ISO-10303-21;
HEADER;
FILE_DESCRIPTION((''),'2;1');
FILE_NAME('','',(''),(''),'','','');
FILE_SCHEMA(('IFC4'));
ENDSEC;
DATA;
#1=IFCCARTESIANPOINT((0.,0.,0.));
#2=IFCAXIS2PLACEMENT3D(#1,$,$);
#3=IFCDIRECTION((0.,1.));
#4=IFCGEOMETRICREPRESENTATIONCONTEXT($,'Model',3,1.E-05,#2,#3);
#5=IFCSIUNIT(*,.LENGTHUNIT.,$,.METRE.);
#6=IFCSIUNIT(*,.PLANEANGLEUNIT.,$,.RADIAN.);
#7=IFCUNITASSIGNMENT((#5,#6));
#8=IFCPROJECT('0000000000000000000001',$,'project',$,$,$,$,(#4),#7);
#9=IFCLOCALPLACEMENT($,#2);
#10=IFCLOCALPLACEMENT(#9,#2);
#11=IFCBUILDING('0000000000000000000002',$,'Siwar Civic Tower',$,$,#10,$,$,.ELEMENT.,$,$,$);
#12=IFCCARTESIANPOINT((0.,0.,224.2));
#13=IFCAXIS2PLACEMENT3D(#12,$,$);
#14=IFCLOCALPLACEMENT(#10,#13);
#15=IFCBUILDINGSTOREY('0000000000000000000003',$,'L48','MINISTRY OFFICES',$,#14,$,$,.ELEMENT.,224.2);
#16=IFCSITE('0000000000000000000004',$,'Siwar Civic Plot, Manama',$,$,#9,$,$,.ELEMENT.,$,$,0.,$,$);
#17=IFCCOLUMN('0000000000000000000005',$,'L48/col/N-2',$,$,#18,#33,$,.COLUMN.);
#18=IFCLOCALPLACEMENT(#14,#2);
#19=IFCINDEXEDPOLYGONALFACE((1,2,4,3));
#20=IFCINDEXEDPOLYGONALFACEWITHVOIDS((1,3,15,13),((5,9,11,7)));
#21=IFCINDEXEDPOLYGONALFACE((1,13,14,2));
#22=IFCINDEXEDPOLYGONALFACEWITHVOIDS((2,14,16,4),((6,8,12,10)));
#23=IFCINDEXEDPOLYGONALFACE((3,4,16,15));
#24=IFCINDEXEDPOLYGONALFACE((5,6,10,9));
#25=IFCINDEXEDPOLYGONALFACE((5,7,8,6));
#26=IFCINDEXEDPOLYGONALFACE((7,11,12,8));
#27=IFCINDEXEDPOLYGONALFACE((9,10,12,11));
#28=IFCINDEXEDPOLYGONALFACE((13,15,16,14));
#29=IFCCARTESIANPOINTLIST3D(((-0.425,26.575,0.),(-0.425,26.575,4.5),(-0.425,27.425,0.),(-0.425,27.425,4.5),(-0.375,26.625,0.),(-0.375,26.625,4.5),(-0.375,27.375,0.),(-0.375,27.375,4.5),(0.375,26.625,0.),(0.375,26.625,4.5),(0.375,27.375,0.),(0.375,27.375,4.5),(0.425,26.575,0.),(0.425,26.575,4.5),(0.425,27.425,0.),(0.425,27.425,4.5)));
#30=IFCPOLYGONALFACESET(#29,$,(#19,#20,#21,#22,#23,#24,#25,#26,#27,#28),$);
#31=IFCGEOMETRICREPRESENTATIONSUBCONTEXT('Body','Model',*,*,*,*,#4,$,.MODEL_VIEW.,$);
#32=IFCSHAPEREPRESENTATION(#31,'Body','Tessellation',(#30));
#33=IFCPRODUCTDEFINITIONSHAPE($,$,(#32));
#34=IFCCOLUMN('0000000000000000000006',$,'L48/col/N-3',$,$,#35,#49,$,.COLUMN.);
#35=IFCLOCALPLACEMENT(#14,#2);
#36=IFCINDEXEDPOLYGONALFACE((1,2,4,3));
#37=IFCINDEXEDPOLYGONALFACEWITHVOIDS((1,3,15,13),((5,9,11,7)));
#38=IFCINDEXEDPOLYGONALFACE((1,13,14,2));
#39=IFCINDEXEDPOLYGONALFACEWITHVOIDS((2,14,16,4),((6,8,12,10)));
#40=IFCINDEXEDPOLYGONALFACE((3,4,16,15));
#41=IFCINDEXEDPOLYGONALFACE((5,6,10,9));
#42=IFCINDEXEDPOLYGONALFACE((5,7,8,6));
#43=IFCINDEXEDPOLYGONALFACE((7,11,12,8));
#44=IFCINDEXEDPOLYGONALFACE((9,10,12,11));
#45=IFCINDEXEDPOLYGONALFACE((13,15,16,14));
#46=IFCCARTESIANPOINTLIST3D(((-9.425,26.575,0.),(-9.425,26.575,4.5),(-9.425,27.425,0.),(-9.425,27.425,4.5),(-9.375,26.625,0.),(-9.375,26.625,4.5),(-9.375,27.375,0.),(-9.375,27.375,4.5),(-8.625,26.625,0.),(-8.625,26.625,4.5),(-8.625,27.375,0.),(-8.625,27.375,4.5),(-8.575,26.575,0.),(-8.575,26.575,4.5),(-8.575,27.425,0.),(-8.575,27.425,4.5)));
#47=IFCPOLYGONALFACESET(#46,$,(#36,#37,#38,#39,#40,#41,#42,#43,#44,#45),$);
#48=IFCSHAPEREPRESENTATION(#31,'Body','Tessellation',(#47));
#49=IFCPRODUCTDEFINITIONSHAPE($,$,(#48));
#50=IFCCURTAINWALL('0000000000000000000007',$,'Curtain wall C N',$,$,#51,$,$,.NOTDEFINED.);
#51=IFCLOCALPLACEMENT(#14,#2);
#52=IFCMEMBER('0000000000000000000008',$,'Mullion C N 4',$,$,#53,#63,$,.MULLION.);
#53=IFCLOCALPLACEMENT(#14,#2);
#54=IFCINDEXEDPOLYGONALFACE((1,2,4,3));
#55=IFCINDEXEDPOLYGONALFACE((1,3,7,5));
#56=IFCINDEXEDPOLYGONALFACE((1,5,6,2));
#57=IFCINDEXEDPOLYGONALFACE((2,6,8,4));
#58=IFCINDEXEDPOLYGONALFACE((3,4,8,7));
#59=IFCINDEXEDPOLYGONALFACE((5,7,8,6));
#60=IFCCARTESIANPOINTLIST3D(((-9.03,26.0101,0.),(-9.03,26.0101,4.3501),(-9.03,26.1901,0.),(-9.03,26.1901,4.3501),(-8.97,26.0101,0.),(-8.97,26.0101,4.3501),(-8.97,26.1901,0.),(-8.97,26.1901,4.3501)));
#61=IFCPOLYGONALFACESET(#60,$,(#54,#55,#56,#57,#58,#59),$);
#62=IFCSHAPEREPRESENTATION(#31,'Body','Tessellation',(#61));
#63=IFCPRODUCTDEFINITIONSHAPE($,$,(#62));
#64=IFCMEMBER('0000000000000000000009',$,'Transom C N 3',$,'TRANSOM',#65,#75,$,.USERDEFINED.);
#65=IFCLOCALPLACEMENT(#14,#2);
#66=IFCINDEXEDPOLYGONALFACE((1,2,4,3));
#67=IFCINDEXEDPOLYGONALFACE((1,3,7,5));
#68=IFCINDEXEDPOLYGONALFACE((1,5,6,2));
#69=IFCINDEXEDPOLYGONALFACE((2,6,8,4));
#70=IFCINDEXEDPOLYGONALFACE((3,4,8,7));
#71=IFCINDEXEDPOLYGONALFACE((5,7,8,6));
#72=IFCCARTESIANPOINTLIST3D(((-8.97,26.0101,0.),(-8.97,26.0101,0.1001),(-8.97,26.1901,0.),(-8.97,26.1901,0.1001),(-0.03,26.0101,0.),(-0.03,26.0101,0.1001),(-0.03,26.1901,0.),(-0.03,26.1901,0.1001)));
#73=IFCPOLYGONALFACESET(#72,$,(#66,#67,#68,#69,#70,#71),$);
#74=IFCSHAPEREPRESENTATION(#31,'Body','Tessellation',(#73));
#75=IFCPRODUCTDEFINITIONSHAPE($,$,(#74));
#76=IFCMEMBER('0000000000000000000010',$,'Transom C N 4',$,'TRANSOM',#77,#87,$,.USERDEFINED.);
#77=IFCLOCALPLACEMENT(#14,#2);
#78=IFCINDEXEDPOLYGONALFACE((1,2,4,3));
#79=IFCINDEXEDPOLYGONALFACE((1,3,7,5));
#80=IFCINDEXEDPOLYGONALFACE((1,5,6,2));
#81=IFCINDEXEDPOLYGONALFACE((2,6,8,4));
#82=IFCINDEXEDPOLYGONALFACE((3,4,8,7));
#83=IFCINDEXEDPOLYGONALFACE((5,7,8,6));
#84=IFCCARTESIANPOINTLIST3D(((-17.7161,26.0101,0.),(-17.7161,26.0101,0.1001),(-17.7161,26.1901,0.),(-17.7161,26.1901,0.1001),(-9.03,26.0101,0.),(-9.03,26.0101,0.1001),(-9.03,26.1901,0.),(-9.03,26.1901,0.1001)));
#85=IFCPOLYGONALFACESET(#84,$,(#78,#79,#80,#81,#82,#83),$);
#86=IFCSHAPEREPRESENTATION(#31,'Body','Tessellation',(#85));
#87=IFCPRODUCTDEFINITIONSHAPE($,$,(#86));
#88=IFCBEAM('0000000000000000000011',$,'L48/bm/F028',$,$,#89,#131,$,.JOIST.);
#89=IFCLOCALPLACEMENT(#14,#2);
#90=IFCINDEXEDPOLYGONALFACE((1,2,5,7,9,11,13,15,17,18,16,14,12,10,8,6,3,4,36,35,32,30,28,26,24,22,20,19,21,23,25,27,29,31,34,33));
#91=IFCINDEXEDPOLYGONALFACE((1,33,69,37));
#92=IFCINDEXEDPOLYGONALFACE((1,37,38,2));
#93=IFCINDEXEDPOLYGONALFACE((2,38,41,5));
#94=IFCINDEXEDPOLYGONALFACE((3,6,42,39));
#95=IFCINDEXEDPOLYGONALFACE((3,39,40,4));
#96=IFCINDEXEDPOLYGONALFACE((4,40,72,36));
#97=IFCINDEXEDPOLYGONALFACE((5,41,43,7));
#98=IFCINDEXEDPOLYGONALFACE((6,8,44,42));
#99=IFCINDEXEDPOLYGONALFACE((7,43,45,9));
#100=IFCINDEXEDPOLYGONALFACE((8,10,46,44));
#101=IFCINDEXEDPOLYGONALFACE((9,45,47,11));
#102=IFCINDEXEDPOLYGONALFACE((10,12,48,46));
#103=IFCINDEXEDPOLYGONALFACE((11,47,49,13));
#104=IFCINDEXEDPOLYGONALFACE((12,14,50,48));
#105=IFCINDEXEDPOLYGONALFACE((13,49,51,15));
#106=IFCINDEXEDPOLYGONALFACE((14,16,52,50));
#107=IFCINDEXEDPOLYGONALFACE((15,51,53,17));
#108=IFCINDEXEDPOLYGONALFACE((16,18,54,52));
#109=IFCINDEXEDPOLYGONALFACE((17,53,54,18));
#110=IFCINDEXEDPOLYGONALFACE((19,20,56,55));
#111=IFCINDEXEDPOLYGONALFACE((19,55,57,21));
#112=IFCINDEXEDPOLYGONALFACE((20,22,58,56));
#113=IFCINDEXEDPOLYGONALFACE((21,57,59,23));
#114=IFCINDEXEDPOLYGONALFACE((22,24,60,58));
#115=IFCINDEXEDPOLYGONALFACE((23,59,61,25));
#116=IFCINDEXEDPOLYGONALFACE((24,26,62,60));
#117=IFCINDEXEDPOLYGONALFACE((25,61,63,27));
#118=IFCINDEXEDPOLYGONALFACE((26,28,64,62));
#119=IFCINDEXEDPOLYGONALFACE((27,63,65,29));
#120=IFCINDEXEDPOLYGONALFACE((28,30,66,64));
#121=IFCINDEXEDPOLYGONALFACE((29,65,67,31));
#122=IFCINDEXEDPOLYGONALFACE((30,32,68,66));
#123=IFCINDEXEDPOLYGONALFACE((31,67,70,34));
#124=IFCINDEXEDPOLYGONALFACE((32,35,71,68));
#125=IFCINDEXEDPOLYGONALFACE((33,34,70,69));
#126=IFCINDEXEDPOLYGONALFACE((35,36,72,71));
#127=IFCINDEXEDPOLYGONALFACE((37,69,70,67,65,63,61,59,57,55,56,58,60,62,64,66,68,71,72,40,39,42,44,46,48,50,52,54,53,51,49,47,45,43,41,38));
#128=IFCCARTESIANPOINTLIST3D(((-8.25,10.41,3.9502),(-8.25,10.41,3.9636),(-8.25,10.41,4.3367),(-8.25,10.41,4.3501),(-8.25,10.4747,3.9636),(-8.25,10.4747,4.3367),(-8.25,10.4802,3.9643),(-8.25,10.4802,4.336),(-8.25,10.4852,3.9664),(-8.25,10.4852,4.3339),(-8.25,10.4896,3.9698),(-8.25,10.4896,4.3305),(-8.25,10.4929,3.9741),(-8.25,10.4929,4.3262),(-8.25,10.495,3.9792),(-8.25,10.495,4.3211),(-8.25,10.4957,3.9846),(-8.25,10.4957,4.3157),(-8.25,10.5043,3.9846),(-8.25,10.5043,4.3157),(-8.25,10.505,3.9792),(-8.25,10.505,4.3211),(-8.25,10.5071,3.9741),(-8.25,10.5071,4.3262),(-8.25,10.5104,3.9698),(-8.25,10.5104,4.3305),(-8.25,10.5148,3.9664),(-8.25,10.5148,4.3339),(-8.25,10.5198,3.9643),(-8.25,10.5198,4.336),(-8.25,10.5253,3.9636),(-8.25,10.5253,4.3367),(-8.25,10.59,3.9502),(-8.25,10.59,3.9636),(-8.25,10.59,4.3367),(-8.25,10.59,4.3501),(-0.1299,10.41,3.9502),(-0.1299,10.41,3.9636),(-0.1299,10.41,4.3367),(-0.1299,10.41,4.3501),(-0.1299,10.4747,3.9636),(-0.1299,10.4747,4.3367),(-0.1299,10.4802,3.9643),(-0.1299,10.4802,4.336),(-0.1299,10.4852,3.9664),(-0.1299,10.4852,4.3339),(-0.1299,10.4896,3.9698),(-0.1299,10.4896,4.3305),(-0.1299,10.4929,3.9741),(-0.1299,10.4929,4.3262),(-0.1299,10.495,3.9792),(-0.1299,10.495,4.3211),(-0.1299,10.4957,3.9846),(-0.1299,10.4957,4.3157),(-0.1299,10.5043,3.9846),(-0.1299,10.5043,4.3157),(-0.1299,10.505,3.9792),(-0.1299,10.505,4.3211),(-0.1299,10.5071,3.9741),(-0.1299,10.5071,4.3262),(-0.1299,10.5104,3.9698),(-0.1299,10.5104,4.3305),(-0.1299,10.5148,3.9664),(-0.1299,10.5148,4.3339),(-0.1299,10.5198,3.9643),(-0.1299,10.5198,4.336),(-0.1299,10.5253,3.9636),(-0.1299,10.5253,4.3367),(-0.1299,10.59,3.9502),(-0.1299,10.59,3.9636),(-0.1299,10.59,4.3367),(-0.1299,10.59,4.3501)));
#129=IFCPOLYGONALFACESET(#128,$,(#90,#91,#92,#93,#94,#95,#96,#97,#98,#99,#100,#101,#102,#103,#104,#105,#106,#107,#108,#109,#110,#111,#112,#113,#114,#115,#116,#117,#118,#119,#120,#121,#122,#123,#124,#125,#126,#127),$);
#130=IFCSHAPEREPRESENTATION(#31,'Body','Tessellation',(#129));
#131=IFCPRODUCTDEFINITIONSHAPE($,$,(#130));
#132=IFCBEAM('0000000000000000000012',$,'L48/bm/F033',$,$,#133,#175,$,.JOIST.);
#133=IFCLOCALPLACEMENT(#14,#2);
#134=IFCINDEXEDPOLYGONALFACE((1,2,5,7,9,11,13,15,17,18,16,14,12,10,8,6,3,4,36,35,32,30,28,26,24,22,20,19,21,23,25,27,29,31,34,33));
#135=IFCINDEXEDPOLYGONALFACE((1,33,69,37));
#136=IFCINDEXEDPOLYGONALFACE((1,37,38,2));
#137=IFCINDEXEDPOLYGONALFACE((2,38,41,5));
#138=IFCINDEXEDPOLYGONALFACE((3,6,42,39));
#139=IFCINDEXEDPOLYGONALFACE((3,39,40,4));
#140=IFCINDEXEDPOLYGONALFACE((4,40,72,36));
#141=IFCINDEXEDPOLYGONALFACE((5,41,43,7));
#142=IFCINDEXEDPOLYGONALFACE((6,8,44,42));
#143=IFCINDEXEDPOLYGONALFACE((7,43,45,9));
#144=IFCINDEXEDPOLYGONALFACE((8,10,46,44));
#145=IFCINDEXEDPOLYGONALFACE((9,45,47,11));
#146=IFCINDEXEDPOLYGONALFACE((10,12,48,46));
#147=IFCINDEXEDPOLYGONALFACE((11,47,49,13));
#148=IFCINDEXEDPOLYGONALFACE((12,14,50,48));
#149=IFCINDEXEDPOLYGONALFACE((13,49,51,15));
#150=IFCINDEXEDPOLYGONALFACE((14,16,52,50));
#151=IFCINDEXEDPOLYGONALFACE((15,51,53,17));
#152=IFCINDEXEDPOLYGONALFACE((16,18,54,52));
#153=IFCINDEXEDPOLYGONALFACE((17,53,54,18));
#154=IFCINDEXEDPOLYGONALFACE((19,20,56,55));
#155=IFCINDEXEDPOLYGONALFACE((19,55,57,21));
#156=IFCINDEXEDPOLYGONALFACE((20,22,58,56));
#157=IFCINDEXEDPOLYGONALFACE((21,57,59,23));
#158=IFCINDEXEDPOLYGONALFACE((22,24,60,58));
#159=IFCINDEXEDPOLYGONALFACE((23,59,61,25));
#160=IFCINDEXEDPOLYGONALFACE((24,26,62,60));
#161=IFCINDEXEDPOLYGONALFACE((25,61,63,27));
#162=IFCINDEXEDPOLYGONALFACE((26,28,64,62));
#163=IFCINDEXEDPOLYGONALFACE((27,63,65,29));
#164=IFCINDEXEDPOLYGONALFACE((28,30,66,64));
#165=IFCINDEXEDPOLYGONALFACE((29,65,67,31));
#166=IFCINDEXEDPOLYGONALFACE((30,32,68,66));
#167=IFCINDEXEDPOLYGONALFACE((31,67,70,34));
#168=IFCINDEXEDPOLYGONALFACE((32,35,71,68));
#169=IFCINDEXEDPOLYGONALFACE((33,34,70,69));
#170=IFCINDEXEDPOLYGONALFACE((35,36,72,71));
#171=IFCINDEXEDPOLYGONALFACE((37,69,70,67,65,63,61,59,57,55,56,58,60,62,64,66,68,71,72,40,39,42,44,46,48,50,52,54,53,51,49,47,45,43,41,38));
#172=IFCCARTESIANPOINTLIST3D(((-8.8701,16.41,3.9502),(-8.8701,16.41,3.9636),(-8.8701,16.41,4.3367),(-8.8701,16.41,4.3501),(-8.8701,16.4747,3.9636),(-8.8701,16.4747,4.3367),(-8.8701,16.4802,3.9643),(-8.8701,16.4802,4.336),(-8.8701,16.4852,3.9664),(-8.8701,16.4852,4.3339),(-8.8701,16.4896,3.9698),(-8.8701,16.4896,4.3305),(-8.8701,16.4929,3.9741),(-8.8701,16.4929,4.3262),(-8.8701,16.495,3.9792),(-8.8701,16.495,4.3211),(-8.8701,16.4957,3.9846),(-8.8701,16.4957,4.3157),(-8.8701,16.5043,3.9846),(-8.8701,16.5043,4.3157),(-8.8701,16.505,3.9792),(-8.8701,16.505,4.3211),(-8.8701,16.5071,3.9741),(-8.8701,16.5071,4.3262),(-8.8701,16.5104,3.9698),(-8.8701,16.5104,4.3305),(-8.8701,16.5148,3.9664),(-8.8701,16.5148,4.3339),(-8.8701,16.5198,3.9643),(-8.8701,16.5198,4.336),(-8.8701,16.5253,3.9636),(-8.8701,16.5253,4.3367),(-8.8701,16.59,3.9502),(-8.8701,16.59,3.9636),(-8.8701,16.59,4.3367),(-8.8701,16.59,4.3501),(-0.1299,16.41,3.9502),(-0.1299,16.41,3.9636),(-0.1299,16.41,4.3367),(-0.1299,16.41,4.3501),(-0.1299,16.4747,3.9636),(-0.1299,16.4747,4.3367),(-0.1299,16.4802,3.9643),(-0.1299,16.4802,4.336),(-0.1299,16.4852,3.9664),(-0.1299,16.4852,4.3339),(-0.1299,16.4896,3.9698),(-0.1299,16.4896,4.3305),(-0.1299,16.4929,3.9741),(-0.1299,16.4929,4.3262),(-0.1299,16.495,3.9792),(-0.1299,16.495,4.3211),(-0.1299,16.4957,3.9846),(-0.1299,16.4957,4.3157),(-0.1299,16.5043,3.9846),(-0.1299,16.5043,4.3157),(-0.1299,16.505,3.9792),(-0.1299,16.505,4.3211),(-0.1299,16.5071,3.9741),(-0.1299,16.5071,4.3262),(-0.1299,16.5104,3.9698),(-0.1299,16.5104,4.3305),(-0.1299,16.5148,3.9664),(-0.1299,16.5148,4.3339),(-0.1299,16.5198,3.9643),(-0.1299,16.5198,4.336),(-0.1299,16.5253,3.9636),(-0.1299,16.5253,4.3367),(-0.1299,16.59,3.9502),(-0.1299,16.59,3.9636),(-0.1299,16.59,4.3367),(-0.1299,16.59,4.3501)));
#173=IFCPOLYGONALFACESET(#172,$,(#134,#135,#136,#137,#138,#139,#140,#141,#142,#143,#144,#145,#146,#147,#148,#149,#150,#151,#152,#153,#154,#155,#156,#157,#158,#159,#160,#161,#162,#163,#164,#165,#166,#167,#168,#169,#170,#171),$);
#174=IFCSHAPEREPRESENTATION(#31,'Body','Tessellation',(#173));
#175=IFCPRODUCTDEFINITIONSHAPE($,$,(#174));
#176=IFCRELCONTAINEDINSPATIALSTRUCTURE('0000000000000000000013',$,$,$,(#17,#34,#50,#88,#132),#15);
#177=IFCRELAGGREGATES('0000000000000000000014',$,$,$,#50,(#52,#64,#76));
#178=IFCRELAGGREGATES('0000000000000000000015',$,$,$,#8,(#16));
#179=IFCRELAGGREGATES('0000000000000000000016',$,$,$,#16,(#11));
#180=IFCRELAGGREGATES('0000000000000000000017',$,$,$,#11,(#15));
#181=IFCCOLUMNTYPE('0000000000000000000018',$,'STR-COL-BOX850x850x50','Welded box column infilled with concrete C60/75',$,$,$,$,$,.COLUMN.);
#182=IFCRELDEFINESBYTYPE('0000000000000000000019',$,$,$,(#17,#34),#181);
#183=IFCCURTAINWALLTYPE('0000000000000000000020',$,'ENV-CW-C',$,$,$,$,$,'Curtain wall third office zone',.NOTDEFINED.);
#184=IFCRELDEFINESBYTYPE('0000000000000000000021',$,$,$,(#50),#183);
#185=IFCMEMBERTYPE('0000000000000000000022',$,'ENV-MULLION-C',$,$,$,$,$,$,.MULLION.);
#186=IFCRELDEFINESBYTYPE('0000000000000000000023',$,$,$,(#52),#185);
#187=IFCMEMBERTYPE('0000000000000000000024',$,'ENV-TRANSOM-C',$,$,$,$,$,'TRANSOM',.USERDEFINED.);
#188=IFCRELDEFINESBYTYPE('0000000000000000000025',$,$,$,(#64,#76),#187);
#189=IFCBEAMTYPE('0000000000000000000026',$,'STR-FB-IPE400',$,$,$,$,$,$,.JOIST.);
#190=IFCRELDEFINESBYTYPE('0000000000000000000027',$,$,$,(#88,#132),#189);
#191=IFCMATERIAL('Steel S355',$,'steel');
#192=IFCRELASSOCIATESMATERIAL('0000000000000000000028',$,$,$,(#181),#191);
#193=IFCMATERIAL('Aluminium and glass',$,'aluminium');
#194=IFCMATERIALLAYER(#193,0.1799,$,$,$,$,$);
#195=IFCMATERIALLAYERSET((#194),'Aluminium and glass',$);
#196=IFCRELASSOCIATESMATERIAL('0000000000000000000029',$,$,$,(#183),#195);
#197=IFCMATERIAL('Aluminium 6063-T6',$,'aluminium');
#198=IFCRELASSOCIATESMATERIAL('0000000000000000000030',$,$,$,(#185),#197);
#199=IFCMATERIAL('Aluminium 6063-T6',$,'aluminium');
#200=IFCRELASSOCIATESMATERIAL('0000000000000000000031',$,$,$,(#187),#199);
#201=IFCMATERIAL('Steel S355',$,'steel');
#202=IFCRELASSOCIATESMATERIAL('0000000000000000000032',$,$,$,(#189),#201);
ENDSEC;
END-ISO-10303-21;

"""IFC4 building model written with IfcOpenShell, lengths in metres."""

from ifc_helpers import new_model, si_unit, direction, frame, origin, origin_2d, place, context, subcontext, project, spatial, rectangle, hollow_rectangle, i_section, extrude, material, layer, layer_set, material_profile, profile_set, type_object, element, aggregate, save


model = new_model("IFC4")

# Units and contexts
model_context = context("Model", 3, precision=1e-05, world=origin(), true_north=direction((0.0, 1.0)))
body_context = subcontext(model_context, "Body", "Model", "MODEL_VIEW")
ifc_project = project(units=[si_unit("LENGTHUNIT", "METRE"), si_unit("PLANEANGLEUNIT", "RADIAN")], contexts=[model_context])

# Site, building, storey
site_placement = place(None, origin())
site = spatial("IfcSite", under=ifc_project, at=site_placement, Name="Siwar Civic Plot, Manama", CompositionType="ELEMENT", RefElevation=0.0)
building_placement = place(site_placement, origin())
building = spatial("IfcBuilding", under=site, at=building_placement, Name="Siwar Civic Tower", CompositionType="ELEMENT")
storey_placement = place(building_placement, frame((0.0, 0.0, 224.2)))
storey = spatial("IfcBuildingStorey", under=building, at=storey_placement, Name="L48", Description="MINISTRY OFFICES", CompositionType="ELEMENT", Elevation=224.2)

# Columns
ifc_material_1 = material(Name="Steel S355", Category="steel")
ifc_material_profile_1 = material_profile(ifc_material_1, hollow_rectangle(XDim=0.8501, YDim=0.8501, WallThickness=0.05, at=origin_2d()), Name="BOX850x850x50")
ifc_profile_set_1 = profile_set([ifc_material_profile_1], Name="Steel S355")
column_type = type_object("IfcColumnType", Name="STR-COL-BOX850x850x50", Description="Welded box column infilled with concrete C60/75", PredefinedType="COLUMN", material=ifc_profile_set_1)
for number, where, z_axis, x_axis, name in (
    (1, (0.0, 27.0, 0.0), (0.0, 0.0, 1.0), (1.0, 0.0, 0.0), "L48/col/N-2"),
    (2, (-9.0, 27.0, 0.0), (0.0, 0.0, 1.0), (1.0, 0.0, 0.0), "L48/col/N-3"),
):
    element("IfcColumn", number, at=place(storey_placement, frame(where, z_axis=z_axis, x_axis=x_axis)), inside=storey, type_object=column_type, Name=name, PredefinedType="COLUMN", context=body_context, shape_type="SweptSolid", body=[
        extrude(hollow_rectangle(XDim=0.8501, YDim=0.8501, WallThickness=0.05, at=origin_2d()), origin(), (0.0, 0.0, 1.0), 4.5),
    ])

# Curtain wall, members
ifc_material_2 = material(Name="Aluminium and glass", Category="aluminium")
ifc_layer_1 = layer(ifc_material_2, 0.1799)
ifc_layer_set_1 = layer_set([ifc_layer_1], Name="Aluminium and glass")
curtain_wall_type = type_object("IfcCurtainWallType", Name="ENV-CW-C", ElementType="Curtain wall third office zone", PredefinedType="NOTDEFINED", material=ifc_layer_set_1)
curtain_wall_placement = place(storey_placement, origin())
curtain_wall = element("IfcCurtainWall", 3, at=curtain_wall_placement, inside=storey, type_object=curtain_wall_type, Name="Curtain wall C N", PredefinedType="NOTDEFINED")
ifc_material_3 = material(Name="Aluminium 6063-T6", Category="aluminium")
ifc_material_profile_2 = material_profile(ifc_material_3, rectangle(XDim=0.1799, YDim=0.0601, at=origin_2d()), Name="AL 180x60")
ifc_profile_set_2 = profile_set([ifc_material_profile_2], Name="Aluminium 6063-T6")
member_type_1 = type_object("IfcMemberType", Name="ENV-MULLION-C", PredefinedType="MULLION", material=ifc_profile_set_2)
member_1_placement = place(storey_placement, frame((-9.0, 26.1001, 0.0), z_axis=(0.0, 0.0, 1.0), x_axis=(0.0, -1.0, 0.0)))
member_1 = element("IfcMember", 4, at=member_1_placement, type_object=member_type_1, Name="Mullion C N 4", PredefinedType="MULLION", context=body_context, shape_type="SweptSolid", body=[
    extrude(rectangle(XDim=0.1799, YDim=0.0601, at=origin_2d()), origin(), (0.0, 0.0, 1.0), 4.3501),
])
ifc_material_4 = material(Name="Aluminium 6063-T6", Category="aluminium")
ifc_material_profile_3 = material_profile(ifc_material_4, rectangle(XDim=0.1799, YDim=0.1001, at=origin_2d()), Name="AL 180x100")
ifc_profile_set_3 = profile_set([ifc_material_profile_3], Name="Aluminium 6063-T6")
member_type_2 = type_object("IfcMemberType", Name="ENV-TRANSOM-C", ElementType="TRANSOM", PredefinedType="USERDEFINED", material=ifc_profile_set_3)
member_2_placement = place(storey_placement, frame((-0.03, 26.1001, 0.05), z_axis=(-1.0, 0.0, 0.0), x_axis=(0.0, -1.0, 0.0)))
member_2 = element("IfcMember", 5, at=member_2_placement, type_object=member_type_2, Name="Transom C N 3", ObjectType="TRANSOM", PredefinedType="USERDEFINED", context=body_context, shape_type="SweptSolid", body=[
    extrude(rectangle(XDim=0.1799, YDim=0.1001, at=origin_2d()), origin(), (0.0, 0.0, 1.0), 8.9399),
])
member_3_placement = place(storey_placement, frame((-9.03, 26.1001, 0.05), z_axis=(-1.0, 0.0, 0.0), x_axis=(0.0, -1.0, 0.0)))
member_3 = element("IfcMember", 6, at=member_3_placement, type_object=member_type_2, Name="Transom C N 4", ObjectType="TRANSOM", PredefinedType="USERDEFINED", context=body_context, shape_type="SweptSolid", body=[
    extrude(rectangle(XDim=0.1799, YDim=0.1001, at=origin_2d()), origin(), (0.0, 0.0, 1.0), 8.686),
])

# Beams
ifc_material_5 = material(Name="Steel S355", Category="steel")
ifc_material_profile_4 = material_profile(ifc_material_5, i_section(OverallWidth=0.1799, OverallDepth=0.3999, WebThickness=0.0085, FlangeThickness=0.0134, FilletRadius=0.021, at=origin_2d()), Name="IPE400")
ifc_profile_set_4 = profile_set([ifc_material_profile_4], Name="Steel S355")
beam_type_1 = type_object("IfcBeamType", Name="STR-FB-IPE400", PredefinedType="JOIST", material=ifc_profile_set_4)
beam_1_placement = place(storey_placement, frame((-8.25, 10.5, 4.1501), z_axis=(1.0, 0.0, 0.0), x_axis=(0.0, 1.0, 0.0)))
element("IfcBeam", 7, at=beam_1_placement, inside=storey, type_object=beam_type_1, Name="L48/bm/F028", PredefinedType="JOIST", context=body_context, shape_type="SweptSolid", body=[
    extrude(i_section(OverallWidth=0.1799, OverallDepth=0.3999, WebThickness=0.0085, FlangeThickness=0.0134, FilletRadius=0.021, at=origin_2d()), origin(), (0.0, 0.0, 1.0), 8.1201),
])
for number, where, z_axis, x_axis, name in (
    (8, (-8.8701, 16.5, 4.1501), (1.0, 0.0, 0.0), (0.0, 1.0, 0.0), "L48/bm/F033"),
):
    element("IfcBeam", number, at=place(storey_placement, frame(where, z_axis=z_axis, x_axis=x_axis)), inside=storey, type_object=beam_type_1, Name=name, PredefinedType="JOIST", context=body_context, shape_type="SweptSolid", body=[
        extrude(i_section(OverallWidth=0.1799, OverallDepth=0.3999, WebThickness=0.0085, FlangeThickness=0.0134, FilletRadius=0.021, at=origin_2d()), origin(), (0.0, 0.0, 1.0), 8.7402),
    ])

aggregate(curtain_wall, [member_1, member_2, member_3])

save(model, "model.ifc")
